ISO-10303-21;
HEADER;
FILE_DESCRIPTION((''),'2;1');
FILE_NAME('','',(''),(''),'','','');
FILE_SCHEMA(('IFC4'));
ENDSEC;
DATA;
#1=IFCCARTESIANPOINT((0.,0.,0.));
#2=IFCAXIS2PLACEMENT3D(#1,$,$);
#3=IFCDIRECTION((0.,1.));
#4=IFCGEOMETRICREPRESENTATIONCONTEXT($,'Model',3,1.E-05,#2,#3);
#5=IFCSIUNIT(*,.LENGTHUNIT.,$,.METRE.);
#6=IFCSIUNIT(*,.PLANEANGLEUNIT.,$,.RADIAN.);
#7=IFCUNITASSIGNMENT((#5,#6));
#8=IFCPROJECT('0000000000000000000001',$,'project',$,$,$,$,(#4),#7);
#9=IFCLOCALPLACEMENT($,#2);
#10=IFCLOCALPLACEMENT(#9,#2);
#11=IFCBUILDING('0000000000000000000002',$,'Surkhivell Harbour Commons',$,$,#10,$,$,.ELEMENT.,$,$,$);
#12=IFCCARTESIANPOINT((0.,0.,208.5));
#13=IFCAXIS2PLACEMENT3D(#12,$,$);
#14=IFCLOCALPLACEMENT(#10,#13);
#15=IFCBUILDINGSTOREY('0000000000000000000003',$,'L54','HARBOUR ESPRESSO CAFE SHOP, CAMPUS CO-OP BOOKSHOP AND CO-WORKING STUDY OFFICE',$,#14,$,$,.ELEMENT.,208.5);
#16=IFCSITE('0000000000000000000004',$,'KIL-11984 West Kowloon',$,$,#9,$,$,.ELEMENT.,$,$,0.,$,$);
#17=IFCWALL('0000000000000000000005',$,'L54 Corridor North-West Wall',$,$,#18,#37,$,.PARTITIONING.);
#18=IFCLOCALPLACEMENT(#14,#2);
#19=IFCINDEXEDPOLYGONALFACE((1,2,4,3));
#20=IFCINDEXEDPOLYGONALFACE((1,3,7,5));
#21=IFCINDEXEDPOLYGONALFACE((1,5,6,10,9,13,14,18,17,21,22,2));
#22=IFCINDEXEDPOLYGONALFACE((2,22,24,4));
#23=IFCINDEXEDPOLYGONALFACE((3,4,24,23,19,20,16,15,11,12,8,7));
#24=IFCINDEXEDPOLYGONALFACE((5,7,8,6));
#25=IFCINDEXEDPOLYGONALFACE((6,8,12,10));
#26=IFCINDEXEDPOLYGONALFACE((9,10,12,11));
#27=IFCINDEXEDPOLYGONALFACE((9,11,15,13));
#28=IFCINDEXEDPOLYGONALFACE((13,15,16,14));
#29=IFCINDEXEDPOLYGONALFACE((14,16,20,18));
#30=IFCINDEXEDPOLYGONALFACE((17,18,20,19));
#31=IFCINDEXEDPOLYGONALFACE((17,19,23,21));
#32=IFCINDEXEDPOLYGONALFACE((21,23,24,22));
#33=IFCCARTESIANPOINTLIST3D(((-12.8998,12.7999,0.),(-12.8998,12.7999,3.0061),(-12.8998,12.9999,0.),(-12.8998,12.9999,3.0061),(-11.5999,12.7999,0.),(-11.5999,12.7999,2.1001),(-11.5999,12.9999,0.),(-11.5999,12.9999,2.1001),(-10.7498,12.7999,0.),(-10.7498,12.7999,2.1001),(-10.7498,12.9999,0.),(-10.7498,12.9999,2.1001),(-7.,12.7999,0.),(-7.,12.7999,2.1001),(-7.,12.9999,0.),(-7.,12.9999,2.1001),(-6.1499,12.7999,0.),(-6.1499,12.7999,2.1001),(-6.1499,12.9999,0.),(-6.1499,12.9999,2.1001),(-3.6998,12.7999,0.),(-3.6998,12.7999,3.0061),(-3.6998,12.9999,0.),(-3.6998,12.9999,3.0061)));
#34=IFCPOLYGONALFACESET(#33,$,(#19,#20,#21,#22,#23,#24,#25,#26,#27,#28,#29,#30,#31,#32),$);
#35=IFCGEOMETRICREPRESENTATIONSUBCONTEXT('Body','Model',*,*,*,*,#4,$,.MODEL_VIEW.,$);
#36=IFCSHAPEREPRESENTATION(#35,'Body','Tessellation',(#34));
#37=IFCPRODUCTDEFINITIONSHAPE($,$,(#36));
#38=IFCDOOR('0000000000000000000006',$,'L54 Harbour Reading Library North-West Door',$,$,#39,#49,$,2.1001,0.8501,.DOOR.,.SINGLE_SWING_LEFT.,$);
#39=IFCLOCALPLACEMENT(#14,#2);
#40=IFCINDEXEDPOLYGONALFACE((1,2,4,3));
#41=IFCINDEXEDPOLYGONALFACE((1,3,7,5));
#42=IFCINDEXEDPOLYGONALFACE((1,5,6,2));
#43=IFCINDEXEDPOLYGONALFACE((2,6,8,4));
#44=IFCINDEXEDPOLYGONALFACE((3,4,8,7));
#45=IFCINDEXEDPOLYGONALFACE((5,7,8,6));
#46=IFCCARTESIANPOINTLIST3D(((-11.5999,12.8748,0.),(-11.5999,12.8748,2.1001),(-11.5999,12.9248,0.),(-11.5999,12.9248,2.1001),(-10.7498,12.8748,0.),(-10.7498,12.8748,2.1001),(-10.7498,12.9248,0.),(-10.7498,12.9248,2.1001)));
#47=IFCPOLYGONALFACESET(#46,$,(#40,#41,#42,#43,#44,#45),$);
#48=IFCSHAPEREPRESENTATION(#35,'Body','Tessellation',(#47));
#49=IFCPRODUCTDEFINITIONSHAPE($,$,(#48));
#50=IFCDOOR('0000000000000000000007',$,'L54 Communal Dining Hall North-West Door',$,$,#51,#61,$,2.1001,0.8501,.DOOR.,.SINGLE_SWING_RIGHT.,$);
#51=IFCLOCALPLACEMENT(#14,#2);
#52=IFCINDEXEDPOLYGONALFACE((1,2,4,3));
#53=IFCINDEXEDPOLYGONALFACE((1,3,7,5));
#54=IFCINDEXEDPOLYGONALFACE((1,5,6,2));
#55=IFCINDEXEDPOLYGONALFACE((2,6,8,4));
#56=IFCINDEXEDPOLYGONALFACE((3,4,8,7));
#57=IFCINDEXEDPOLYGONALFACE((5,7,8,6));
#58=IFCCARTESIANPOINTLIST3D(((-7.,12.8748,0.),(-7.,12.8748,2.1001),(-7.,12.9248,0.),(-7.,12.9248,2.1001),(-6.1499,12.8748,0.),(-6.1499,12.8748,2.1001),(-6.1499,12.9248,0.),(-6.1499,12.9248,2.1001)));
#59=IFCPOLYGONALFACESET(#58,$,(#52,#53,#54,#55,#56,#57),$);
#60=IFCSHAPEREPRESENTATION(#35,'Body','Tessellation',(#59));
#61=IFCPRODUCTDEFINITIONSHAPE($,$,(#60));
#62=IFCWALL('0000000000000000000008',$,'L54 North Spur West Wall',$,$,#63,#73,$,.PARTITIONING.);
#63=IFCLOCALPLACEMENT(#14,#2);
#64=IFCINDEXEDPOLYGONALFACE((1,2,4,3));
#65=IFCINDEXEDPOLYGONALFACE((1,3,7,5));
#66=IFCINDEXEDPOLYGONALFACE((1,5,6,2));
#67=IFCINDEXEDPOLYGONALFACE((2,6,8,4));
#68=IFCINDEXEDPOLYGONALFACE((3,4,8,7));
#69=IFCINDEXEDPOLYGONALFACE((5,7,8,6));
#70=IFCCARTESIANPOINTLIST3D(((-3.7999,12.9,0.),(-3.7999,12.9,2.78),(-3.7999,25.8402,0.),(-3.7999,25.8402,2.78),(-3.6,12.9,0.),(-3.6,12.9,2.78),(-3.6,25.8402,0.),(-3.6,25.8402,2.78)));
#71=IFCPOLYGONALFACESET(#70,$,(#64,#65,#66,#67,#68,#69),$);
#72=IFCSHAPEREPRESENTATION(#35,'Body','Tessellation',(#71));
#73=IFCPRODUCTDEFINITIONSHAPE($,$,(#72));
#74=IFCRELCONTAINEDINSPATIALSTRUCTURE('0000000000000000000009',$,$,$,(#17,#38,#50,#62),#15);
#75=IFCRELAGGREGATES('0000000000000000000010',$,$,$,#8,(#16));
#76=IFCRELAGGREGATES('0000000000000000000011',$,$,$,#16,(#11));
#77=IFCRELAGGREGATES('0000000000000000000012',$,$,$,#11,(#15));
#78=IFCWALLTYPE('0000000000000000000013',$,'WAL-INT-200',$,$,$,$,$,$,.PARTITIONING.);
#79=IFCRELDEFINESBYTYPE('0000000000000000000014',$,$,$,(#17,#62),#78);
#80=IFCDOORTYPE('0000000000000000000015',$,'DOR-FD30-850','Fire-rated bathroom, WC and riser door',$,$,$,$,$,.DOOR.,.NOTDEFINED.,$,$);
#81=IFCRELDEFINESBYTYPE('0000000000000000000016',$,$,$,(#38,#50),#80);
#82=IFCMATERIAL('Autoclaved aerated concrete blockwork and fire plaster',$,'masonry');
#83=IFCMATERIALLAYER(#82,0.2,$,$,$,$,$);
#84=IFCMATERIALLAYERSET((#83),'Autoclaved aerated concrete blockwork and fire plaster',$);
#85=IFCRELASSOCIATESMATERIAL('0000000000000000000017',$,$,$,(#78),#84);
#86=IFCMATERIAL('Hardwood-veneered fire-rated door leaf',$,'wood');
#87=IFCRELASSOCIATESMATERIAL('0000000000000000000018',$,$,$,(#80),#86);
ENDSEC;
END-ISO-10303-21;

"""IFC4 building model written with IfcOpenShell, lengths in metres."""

from ifc_helpers import new_model, si_unit, direction, frame, frame_2d, origin, place, context, subcontext, project, spatial, rectangle, extrude, material, layer, layer_set, type_object, element, fill, save


model = new_model("IFC4")

# Units and contexts
model_context = context("Model", 3, precision=1e-05, world=origin(), true_north=direction((0.0, 1.0)))
body_context = subcontext(model_context, "Body", "Model", "MODEL_VIEW")
ifc_project = project(units=[si_unit("LENGTHUNIT", "METRE"), si_unit("PLANEANGLEUNIT", "RADIAN")], contexts=[model_context])

# Site, building, storey
site_placement = place(None, origin())
site = spatial("IfcSite", under=ifc_project, at=site_placement, Name="KIL-11984 West Kowloon", CompositionType="ELEMENT", RefElevation=0.0)
building_placement = place(site_placement, origin())
building = spatial("IfcBuilding", under=site, at=building_placement, Name="Surkhivell Harbour Commons", CompositionType="ELEMENT")
storey_placement = place(building_placement, frame((0.0, 0.0, 208.5)))
storey = spatial("IfcBuildingStorey", under=building, at=storey_placement, Name="L54", Description="HARBOUR ESPRESSO CAFE SHOP, CAMPUS CO-OP BOOKSHOP AND CO-WORKING STUDY OFFICE", CompositionType="ELEMENT", Elevation=208.5)

# Shared definitions
ifc_material_1 = material(Name="Hardwood-veneered fire-rated door leaf", Category="wood")

# Shared definitions
ifc_material_2 = material(Name="Autoclaved aerated concrete blockwork and fire plaster", Category="masonry")
ifc_layer_1 = layer(ifc_material_2, 0.2)
ifc_layer_set_1 = layer_set([ifc_layer_1], Name="Autoclaved aerated concrete blockwork and fire plaster")
wall_type_1 = type_object("IfcWallType", Name="WAL-INT-200", PredefinedType="PARTITIONING", material=ifc_layer_set_1)

# Wall, openings, doors
wall_1_placement = place(storey_placement, frame((-12.8999, 12.8999, 0.0), z_axis=(0.0, 0.0, 1.0), x_axis=(1.0, 0.0, 0.0)))
wall_1 = element("IfcWall", 1, at=wall_1_placement, inside=storey, type_object=wall_type_1, Name="L54 Corridor North-West Wall", PredefinedType="PARTITIONING", context=body_context, shape_type="SweptSolid", body=[
    extrude(rectangle(XDim=9.2, YDim=0.2, at=frame_2d((4.6001, 0.0))), origin(), (0.0, 0.0, 1.0), 3.0061),
])
opening_1_placement = place(wall_1_placement, frame((1.3, 0.0, 0.0)))
opening_1 = element("IfcOpeningElement", 2, at=opening_1_placement, cuts=wall_1, PredefinedType="OPENING", context=body_context, shape_type="SweptSolid", body=[
    extrude(rectangle(XDim=0.8501, YDim=2.1001, at=frame_2d((0.425, 1.05))), frame((0.0, 0.1099, 0.0), z_axis=(0.0, -1.0, 0.0), x_axis=(1.0, 0.0, 0.0)), (0.0, 0.0, 1.0), 0.22),
])
opening_2_placement = place(wall_1_placement, frame((5.8999, 0.0, 0.0)))
opening_2 = element("IfcOpeningElement", 3, at=opening_2_placement, cuts=wall_1, PredefinedType="OPENING", context=body_context, shape_type="SweptSolid", body=[
    extrude(rectangle(XDim=0.8501, YDim=2.1001, at=frame_2d((0.425, 1.05))), frame((0.0, 0.1099, 0.0), z_axis=(0.0, -1.0, 0.0), x_axis=(1.0, 0.0, 0.0)), (0.0, 0.0, 1.0), 0.22),
])
door_type_1 = type_object("IfcDoorType", Name="DOR-FD30-850", Description="Fire-rated bathroom, WC and riser door", OperationType="NOTDEFINED", PredefinedType="DOOR", material=ifc_material_1)
door_1_placement = place(opening_1_placement, origin())
door_1 = element("IfcDoor", 4, at=door_1_placement, inside=storey, type_object=door_type_1, Name="L54 Harbour Reading Library North-West Door", OperationType="SINGLE_SWING_LEFT", OverallHeight=2.1001, OverallWidth=0.8501, PredefinedType="DOOR", context=body_context, shape_type="SweptSolid", body=[
    extrude(rectangle(XDim=0.8501, YDim=2.1001, at=frame_2d((0.425, 1.05))), frame((0.0, 0.0249, 0.0), z_axis=(0.0, -1.0, 0.0), x_axis=(1.0, 0.0, 0.0)), (0.0, 0.0, 1.0), 0.05),
])
fill(opening_1, door_1)
door_2_placement = place(opening_2_placement, origin())
door_2 = element("IfcDoor", 5, at=door_2_placement, inside=storey, type_object=door_type_1, Name="L54 Communal Dining Hall North-West Door", OperationType="SINGLE_SWING_RIGHT", OverallHeight=2.1001, OverallWidth=0.8501, PredefinedType="DOOR", context=body_context, shape_type="SweptSolid", body=[
    extrude(rectangle(XDim=0.8501, YDim=2.1001, at=frame_2d((0.425, 1.05))), frame((0.0, 0.0249, 0.0), z_axis=(0.0, -1.0, 0.0), x_axis=(1.0, 0.0, 0.0)), (0.0, 0.0, 1.0), 0.05),
])
fill(opening_2, door_2)

# Wall
wall_2_placement = place(storey_placement, frame((-3.7, 12.8999, 0.0), z_axis=(0.0, 0.0, 1.0), x_axis=(0.0, 1.0, 0.0)))
element("IfcWall", 6, at=wall_2_placement, inside=storey, type_object=wall_type_1, Name="L54 North Spur West Wall", PredefinedType="PARTITIONING", context=body_context, shape_type="SweptSolid", body=[
    extrude(rectangle(XDim=12.9402, YDim=0.2, at=frame_2d((6.4702, 0.0))), origin(), (0.0, 0.0, 1.0), 2.78),
])

save(model, "model.ifc")
